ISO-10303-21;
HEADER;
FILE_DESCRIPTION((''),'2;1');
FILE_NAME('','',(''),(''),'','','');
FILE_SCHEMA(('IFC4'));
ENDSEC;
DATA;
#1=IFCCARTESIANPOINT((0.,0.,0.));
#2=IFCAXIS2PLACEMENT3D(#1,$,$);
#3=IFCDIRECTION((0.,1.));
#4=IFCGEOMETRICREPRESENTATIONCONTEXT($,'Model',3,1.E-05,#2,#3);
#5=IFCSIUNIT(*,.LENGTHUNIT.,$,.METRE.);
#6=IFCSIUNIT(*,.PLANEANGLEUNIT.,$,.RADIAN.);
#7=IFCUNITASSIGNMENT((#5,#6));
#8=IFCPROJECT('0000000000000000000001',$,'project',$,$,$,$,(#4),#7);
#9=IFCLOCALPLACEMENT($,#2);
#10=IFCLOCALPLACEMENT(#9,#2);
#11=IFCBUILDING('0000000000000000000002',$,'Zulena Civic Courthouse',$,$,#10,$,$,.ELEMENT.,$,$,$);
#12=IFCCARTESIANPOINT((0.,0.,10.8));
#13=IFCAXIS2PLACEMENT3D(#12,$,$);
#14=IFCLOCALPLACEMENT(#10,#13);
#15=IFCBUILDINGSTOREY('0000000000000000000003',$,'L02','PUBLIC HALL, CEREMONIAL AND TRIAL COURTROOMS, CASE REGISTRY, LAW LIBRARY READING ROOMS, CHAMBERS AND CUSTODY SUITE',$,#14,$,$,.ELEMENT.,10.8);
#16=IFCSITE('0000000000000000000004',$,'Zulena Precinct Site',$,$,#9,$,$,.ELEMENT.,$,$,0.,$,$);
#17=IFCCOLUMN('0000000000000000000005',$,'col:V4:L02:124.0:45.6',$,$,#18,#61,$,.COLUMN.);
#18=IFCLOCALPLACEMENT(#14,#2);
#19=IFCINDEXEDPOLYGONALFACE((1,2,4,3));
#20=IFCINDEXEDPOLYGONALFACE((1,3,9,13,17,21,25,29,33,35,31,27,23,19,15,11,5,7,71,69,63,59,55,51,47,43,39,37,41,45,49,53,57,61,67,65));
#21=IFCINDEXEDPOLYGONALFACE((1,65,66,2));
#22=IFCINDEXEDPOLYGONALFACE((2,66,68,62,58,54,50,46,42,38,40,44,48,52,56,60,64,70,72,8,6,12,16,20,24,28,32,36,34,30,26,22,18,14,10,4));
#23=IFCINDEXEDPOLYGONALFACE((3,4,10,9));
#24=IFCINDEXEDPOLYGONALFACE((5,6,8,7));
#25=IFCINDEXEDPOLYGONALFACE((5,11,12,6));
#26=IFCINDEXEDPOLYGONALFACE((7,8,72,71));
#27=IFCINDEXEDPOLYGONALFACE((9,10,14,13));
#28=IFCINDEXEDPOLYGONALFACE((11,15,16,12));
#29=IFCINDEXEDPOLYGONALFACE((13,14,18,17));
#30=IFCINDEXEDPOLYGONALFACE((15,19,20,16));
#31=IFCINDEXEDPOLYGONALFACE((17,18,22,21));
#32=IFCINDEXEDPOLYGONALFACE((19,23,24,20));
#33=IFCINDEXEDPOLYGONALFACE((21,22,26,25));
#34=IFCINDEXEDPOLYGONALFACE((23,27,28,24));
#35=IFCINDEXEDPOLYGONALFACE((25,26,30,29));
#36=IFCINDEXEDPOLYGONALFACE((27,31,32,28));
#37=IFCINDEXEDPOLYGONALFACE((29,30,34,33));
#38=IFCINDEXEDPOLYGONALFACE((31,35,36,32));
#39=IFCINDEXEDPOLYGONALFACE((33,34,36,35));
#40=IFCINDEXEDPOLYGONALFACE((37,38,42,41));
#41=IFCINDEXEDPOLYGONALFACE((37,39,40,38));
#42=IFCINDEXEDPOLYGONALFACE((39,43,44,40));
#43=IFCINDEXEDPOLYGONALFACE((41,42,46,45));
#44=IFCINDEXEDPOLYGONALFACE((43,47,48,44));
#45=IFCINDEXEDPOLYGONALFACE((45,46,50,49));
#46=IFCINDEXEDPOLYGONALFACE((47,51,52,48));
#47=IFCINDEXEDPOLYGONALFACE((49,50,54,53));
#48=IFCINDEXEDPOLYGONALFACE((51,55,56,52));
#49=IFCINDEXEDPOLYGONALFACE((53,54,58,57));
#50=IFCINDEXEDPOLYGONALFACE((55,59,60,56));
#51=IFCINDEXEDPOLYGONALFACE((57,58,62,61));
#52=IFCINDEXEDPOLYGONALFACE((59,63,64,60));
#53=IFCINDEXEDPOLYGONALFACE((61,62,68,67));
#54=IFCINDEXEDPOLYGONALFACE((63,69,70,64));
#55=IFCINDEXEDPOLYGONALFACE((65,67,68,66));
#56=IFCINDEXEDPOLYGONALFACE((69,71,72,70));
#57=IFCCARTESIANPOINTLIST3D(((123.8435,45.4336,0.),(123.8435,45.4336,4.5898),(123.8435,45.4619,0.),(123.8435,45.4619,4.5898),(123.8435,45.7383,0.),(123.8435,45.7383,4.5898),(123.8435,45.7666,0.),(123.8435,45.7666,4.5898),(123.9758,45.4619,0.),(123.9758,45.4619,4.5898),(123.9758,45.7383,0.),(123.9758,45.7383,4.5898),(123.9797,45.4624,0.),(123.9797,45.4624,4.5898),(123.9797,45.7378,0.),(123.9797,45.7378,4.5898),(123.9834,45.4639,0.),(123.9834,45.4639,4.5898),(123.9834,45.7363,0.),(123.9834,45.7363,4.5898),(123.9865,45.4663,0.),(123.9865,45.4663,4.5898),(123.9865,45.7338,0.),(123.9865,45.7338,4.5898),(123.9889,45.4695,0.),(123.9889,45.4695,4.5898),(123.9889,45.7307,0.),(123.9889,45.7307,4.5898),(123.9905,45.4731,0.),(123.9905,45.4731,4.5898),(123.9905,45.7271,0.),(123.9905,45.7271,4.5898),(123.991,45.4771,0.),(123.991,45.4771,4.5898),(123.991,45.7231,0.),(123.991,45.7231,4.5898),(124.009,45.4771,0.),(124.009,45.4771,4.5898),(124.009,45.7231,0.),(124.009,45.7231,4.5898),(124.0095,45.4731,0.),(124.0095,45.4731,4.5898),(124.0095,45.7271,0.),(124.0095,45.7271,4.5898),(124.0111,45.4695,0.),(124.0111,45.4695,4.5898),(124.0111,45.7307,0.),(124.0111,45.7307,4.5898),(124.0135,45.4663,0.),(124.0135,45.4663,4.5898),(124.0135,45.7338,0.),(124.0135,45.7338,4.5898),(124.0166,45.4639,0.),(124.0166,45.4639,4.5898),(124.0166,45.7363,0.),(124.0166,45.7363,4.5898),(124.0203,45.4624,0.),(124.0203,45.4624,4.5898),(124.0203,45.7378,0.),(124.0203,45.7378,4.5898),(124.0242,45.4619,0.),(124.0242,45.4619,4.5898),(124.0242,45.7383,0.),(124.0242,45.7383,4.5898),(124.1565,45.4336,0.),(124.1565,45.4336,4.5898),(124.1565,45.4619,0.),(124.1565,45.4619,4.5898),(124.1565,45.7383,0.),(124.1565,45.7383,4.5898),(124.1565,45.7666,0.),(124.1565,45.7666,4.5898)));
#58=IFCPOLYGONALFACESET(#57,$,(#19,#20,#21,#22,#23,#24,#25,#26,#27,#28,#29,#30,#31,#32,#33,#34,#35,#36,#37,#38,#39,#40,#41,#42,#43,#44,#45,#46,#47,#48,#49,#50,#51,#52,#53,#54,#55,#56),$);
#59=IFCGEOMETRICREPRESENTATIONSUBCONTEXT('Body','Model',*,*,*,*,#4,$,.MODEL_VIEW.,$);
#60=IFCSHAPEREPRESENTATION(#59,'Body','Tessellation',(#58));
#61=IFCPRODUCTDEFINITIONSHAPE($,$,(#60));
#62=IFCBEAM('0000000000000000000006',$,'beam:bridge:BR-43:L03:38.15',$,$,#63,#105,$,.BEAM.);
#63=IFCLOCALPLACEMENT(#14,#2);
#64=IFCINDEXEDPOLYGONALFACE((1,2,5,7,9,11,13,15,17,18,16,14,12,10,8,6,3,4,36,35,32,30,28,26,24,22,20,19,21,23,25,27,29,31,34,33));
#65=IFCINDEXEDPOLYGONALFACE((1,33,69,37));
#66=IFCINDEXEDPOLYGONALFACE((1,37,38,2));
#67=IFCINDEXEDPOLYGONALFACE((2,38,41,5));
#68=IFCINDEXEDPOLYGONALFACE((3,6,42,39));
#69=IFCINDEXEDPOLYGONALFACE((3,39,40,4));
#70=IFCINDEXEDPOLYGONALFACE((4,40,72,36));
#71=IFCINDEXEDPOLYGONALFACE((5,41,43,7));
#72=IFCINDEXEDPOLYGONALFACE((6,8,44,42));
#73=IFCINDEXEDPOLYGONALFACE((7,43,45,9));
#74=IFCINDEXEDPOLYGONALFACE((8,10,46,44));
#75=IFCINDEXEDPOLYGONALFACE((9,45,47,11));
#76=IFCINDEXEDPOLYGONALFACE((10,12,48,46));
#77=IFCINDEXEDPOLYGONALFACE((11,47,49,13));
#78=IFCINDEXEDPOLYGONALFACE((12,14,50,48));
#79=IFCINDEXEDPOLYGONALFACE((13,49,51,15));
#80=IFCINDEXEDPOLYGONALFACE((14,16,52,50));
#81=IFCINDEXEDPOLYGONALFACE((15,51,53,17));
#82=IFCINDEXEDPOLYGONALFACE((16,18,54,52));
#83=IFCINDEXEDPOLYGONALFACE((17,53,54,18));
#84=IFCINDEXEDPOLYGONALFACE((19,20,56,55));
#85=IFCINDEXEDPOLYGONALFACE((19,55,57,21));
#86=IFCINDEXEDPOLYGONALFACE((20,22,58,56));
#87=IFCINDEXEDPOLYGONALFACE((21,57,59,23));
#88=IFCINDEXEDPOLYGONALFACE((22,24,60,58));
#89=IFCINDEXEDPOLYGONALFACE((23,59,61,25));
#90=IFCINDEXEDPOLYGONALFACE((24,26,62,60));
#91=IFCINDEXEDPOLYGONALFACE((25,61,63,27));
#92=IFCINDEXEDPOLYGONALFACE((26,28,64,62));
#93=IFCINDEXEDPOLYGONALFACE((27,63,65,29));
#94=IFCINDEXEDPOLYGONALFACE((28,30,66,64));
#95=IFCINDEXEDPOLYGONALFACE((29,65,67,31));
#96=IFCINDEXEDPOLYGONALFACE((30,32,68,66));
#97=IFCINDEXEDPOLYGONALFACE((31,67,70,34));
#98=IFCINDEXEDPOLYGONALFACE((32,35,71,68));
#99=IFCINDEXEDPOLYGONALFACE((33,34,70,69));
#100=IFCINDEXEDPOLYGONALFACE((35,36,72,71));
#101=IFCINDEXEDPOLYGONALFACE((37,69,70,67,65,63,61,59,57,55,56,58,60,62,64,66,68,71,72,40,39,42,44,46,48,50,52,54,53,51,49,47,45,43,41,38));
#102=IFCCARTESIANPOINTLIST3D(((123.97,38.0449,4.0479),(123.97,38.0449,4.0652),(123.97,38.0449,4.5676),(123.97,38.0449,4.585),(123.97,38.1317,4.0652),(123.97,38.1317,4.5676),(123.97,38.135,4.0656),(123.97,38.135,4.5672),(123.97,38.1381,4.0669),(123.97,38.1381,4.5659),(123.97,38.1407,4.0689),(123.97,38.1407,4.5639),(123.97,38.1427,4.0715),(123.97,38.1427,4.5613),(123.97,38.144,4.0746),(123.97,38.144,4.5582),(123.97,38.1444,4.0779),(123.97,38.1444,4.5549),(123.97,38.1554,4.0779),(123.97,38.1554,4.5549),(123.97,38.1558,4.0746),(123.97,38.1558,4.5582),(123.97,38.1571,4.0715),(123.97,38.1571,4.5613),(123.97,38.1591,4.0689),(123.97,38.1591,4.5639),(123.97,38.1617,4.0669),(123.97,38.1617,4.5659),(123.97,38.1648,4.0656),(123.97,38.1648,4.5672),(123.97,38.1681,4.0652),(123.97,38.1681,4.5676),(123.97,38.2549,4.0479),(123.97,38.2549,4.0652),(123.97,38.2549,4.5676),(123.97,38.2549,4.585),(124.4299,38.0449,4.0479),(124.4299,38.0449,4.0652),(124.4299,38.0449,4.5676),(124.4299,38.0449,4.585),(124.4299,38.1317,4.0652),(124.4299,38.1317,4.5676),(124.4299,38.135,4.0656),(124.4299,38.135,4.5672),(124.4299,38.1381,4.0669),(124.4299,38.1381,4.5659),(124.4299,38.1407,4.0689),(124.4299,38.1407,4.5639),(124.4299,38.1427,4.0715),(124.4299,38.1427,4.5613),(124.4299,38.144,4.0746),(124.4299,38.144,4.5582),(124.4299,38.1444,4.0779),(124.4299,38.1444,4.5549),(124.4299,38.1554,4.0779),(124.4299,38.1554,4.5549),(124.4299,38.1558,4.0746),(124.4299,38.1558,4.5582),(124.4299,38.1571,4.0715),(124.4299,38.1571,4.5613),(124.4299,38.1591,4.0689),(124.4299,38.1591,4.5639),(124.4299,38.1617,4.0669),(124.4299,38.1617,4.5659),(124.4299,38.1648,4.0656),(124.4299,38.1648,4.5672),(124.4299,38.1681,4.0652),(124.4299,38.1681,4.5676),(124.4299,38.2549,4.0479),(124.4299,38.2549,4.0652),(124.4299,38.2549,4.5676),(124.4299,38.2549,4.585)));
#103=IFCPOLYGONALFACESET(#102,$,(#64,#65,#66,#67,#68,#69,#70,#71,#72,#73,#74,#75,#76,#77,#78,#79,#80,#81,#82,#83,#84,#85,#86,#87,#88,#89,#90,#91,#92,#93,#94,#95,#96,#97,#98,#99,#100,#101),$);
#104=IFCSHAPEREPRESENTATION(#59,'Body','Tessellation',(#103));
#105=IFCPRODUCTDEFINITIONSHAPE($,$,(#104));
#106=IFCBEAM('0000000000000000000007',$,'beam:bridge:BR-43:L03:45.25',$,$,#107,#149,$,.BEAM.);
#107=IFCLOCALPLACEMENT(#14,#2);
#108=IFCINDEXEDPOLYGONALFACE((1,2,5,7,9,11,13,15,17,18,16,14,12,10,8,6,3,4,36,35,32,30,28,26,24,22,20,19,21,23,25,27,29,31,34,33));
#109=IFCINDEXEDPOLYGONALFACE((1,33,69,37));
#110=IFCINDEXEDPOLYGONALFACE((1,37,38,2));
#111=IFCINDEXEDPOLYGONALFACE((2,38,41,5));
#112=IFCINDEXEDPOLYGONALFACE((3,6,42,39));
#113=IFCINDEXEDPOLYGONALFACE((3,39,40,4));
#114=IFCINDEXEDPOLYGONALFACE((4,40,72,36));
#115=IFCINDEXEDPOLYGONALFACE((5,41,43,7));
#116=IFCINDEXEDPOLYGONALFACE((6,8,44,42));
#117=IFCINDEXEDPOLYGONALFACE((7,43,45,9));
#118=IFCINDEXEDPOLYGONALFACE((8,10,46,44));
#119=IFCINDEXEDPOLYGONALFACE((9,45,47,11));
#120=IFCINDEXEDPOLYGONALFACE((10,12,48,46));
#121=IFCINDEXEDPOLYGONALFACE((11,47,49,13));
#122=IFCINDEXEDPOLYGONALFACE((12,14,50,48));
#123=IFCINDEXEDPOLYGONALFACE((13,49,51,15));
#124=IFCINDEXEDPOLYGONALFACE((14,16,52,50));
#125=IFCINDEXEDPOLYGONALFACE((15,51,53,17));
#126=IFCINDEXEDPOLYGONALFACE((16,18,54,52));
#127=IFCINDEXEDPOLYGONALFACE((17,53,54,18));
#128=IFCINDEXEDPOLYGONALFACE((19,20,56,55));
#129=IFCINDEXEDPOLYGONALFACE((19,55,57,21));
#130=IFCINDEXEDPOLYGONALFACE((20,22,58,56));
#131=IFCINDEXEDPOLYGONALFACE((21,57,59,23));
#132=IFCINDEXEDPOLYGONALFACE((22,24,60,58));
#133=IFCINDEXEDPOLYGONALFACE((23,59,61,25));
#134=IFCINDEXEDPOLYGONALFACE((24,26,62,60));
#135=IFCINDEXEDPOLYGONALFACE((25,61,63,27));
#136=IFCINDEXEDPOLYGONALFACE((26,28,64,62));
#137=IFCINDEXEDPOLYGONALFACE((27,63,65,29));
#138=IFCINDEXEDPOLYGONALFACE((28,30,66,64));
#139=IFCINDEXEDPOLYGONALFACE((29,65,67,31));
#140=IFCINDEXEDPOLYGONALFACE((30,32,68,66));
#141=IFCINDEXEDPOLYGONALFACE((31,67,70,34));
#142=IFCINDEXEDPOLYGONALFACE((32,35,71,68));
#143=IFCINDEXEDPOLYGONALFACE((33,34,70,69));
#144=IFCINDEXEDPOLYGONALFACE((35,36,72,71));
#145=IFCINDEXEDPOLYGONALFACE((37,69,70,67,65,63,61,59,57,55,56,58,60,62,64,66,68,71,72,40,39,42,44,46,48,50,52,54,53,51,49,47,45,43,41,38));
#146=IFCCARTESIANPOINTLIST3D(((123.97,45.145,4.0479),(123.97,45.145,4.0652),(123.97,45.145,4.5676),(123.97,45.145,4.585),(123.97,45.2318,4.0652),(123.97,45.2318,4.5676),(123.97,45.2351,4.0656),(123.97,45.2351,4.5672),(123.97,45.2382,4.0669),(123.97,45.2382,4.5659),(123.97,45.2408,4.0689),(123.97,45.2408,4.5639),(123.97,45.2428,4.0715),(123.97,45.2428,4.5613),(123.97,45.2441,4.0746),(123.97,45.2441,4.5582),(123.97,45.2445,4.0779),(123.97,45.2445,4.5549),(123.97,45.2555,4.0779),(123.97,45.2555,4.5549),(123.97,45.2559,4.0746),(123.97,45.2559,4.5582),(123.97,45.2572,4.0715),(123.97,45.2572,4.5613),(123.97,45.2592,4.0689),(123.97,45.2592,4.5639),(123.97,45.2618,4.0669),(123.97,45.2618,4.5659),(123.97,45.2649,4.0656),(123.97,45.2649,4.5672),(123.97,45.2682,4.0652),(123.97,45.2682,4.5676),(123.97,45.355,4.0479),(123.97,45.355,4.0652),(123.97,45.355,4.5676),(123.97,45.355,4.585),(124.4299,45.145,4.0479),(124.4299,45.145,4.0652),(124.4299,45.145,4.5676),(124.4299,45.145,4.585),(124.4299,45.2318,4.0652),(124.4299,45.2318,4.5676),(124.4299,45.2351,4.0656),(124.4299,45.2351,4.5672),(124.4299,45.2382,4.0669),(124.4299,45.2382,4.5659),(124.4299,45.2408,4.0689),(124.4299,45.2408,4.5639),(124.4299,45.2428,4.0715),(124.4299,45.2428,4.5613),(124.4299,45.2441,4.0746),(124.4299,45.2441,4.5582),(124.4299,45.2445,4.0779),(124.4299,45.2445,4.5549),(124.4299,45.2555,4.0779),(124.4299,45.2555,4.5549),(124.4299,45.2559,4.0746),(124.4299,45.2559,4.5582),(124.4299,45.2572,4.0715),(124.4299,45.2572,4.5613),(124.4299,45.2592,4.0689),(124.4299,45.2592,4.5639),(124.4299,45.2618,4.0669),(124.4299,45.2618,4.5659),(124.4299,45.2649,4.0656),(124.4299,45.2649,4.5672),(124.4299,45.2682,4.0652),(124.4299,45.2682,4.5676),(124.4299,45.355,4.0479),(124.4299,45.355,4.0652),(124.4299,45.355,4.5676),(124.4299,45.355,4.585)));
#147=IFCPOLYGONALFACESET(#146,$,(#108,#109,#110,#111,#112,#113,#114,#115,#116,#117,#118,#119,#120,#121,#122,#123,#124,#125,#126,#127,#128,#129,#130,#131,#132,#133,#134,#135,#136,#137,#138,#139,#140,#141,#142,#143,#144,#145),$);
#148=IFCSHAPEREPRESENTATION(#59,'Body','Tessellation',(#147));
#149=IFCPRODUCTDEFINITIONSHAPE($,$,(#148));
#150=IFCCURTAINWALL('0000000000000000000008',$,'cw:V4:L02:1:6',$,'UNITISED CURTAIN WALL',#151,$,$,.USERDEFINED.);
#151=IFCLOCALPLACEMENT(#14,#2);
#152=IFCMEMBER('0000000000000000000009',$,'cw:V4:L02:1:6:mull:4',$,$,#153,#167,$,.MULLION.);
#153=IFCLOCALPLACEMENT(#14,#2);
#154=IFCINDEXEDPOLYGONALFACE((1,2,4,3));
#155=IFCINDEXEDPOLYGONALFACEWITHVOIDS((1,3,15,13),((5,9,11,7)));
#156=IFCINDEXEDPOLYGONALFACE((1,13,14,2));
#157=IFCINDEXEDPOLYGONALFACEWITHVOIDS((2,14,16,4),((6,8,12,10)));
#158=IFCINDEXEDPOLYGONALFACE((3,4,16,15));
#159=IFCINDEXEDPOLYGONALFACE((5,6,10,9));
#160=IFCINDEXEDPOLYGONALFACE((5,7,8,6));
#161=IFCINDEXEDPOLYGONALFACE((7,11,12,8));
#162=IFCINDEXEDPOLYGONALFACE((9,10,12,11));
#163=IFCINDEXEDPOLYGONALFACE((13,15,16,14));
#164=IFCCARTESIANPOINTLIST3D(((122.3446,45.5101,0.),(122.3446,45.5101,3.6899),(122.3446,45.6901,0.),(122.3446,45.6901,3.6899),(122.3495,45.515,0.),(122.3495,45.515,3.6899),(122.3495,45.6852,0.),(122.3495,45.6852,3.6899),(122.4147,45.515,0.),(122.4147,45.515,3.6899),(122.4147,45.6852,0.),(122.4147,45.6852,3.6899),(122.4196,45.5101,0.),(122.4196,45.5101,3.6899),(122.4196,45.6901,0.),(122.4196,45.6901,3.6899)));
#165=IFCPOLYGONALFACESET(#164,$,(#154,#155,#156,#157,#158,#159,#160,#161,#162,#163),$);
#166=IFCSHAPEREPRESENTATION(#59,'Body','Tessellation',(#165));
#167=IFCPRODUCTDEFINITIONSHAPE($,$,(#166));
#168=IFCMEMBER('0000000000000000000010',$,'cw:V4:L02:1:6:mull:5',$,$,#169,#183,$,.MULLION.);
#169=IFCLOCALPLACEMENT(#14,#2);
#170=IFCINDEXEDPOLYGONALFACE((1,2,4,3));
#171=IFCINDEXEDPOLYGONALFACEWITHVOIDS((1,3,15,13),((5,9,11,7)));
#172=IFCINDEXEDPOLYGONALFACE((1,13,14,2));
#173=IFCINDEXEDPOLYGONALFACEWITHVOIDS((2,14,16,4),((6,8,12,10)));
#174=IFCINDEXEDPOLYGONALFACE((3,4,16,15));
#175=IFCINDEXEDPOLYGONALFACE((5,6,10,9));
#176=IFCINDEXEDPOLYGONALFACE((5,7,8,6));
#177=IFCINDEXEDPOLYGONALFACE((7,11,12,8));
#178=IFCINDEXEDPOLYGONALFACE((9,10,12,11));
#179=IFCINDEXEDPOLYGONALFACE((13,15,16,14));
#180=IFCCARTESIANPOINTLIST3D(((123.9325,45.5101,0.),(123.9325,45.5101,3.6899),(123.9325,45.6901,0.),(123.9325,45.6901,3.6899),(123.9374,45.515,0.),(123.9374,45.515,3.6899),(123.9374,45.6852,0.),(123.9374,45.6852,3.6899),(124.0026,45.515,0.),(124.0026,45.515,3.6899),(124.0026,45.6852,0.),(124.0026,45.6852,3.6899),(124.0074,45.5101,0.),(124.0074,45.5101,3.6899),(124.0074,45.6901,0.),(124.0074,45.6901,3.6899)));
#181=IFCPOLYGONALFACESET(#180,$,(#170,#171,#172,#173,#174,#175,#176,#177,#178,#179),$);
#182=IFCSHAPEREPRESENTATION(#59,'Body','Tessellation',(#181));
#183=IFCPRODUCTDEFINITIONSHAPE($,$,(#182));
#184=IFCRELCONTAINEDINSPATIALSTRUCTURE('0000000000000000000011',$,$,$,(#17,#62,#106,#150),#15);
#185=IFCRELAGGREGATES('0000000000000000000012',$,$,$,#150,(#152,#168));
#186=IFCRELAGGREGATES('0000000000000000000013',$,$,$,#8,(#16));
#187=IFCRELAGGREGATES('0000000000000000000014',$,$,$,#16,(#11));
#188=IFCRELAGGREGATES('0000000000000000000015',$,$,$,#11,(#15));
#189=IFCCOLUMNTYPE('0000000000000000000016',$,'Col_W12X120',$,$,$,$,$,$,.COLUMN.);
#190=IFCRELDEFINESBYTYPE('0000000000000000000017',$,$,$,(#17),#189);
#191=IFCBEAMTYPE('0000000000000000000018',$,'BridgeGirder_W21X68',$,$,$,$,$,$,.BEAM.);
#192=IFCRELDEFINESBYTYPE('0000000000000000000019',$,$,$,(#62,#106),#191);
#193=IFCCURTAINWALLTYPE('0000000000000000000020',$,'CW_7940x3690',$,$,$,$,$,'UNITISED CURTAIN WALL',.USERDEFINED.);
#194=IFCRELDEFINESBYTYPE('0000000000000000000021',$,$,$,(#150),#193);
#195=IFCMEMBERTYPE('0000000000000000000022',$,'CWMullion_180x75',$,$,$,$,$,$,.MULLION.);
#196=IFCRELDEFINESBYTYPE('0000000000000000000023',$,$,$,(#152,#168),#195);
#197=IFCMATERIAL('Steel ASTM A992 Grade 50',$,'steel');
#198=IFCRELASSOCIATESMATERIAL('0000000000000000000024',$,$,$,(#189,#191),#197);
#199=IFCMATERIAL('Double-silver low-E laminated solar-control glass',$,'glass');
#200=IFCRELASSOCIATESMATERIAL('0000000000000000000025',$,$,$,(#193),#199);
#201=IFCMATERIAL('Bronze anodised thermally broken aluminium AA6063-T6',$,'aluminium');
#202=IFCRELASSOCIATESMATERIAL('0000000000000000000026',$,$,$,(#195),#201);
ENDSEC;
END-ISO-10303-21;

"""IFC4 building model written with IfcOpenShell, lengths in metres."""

from ifc_helpers import new_model, si_unit, direction, frame, origin, origin_2d, place, context, subcontext, project, spatial, hollow_rectangle, i_section, extrude, material, material_profile, profile_set, type_object, element, aggregate, save


model = new_model("IFC4")

# Units and contexts
model_context = context("Model", 3, precision=1e-05, world=origin(), true_north=direction((0.0, 1.0)))
body_context = subcontext(model_context, "Body", "Model", "MODEL_VIEW")
ifc_project = project(units=[si_unit("LENGTHUNIT", "METRE"), si_unit("PLANEANGLEUNIT", "RADIAN")], contexts=[model_context])

# Site, building, storey
site_placement = place(None, origin())
site = spatial("IfcSite", under=ifc_project, at=site_placement, Name="Zulena Precinct Site", CompositionType="ELEMENT", RefElevation=0.0)
building_placement = place(site_placement, origin())
building = spatial("IfcBuilding", under=site, at=building_placement, Name="Zulena Civic Courthouse", CompositionType="ELEMENT")
storey_placement = place(building_placement, frame((0.0, 0.0, 10.8)))
storey = spatial("IfcBuildingStorey", under=building, at=storey_placement, Name="L02", Description="PUBLIC HALL, CEREMONIAL AND TRIAL COURTROOMS, CASE REGISTRY, LAW LIBRARY READING ROOMS, CHAMBERS AND CUSTODY SUITE", CompositionType="ELEMENT", Elevation=10.8)

# Column
ifc_material_1 = material(Name="Steel ASTM A992 Grade 50", Category="steel")
ifc_material_profile_1 = material_profile(ifc_material_1, i_section(OverallWidth=0.313, OverallDepth=0.333, WebThickness=0.0181, FlangeThickness=0.0283, FilletRadius=0.0151, at=origin_2d()), Name="W12X120")
ifc_profile_set_1 = profile_set([ifc_material_profile_1], Name="Steel ASTM A992 Grade 50")
column_type = type_object("IfcColumnType", Name="Col_W12X120", PredefinedType="COLUMN", material=ifc_profile_set_1)
column_placement = place(storey_placement, frame((124.0, 45.6001, 0.0), z_axis=(0.0, 0.0, 1.0), x_axis=(1.0, 0.0, 0.0)))
element("IfcColumn", 1, at=column_placement, inside=storey, type_object=column_type, Name="col:V4:L02:124.0:45.6", PredefinedType="COLUMN", context=body_context, shape_type="SweptSolid", body=[
    extrude(i_section(OverallWidth=0.313, OverallDepth=0.333, WebThickness=0.0181, FlangeThickness=0.0283, FilletRadius=0.0151, at=origin_2d()), origin(), (0.0, 0.0, 1.0), 4.5898),
])

# Beams
ifc_material_profile_2 = material_profile(ifc_material_1, i_section(OverallWidth=0.21, OverallDepth=0.5371, WebThickness=0.011, FlangeThickness=0.0173, FilletRadius=0.0127, at=origin_2d()), Name="W21X68")
ifc_profile_set_2 = profile_set([ifc_material_profile_2], Name="Steel ASTM A992 Grade 50")
beam_type_1 = type_object("IfcBeamType", Name="BridgeGirder_W21X68", PredefinedType="BEAM", material=ifc_profile_set_2)
for number, where, z_axis, x_axis, name in (
    (2, (123.97, 38.1499, 4.3164), (1.0, 0.0, 0.0), (0.0, 1.0, 0.0), "beam:bridge:BR-43:L03:38.15"),
    (3, (123.97, 45.25, 4.3164), (1.0, 0.0, 0.0), (0.0, 1.0, 0.0), "beam:bridge:BR-43:L03:45.25"),
):
    element("IfcBeam", number, at=place(storey_placement, frame(where, z_axis=z_axis, x_axis=x_axis)), inside=storey, type_object=beam_type_1, Name=name, PredefinedType="BEAM", context=body_context, shape_type="SweptSolid", body=[
        extrude(i_section(OverallWidth=0.21, OverallDepth=0.5371, WebThickness=0.011, FlangeThickness=0.0173, FilletRadius=0.0127, at=origin_2d()), origin(), (0.0, 0.0, 1.0), 0.46),
    ])

# Curtain wall, members
ifc_material_2 = material(Name="Double-silver low-E laminated solar-control glass", Category="glass")
curtain_wall_type = type_object("IfcCurtainWallType", Name="CW_7940x3690", ElementType="UNITISED CURTAIN WALL", PredefinedType="USERDEFINED", material=ifc_material_2)
curtain_wall_placement = place(storey_placement, origin())
curtain_wall = element("IfcCurtainWall", 4, at=curtain_wall_placement, inside=storey, type_object=curtain_wall_type, Name="cw:V4:L02:1:6", ObjectType="UNITISED CURTAIN WALL", PredefinedType="USERDEFINED")
ifc_material_3 = material(Name="Bronze anodised thermally broken aluminium AA6063-T6", Category="aluminium")
ifc_material_profile_3 = material_profile(ifc_material_3, hollow_rectangle(XDim=0.075, YDim=0.1799, WallThickness=0.0049, at=origin_2d()), Name="CWM180X75X5")
ifc_profile_set_3 = profile_set([ifc_material_profile_3], Name="Bronze anodised thermally broken aluminium AA6063-T6")
member_type = type_object("IfcMemberType", Name="CWMullion_180x75", PredefinedType="MULLION", material=ifc_profile_set_3)
member_1_placement = place(storey_placement, frame((122.3821, 45.6001, 0.0), z_axis=(0.0, 0.0, 1.0), x_axis=(1.0, 0.0, 0.0)))
member_1 = element("IfcMember", 5, at=member_1_placement, type_object=member_type, Name="cw:V4:L02:1:6:mull:4", PredefinedType="MULLION", context=body_context, shape_type="SweptSolid", body=[
    extrude(hollow_rectangle(XDim=0.075, YDim=0.1799, WallThickness=0.0049, at=origin_2d()), origin(), (0.0, 0.0, 1.0), 3.6899),
])
member_2_placement = place(storey_placement, frame((123.97, 45.6001, 0.0), z_axis=(0.0, 0.0, 1.0), x_axis=(1.0, 0.0, 0.0)))
member_2 = element("IfcMember", 6, at=member_2_placement, type_object=member_type, Name="cw:V4:L02:1:6:mull:5", PredefinedType="MULLION", context=body_context, shape_type="SweptSolid", body=[
    extrude(hollow_rectangle(XDim=0.075, YDim=0.1799, WallThickness=0.0049, at=origin_2d()), origin(), (0.0, 0.0, 1.0), 3.6899),
])

aggregate(curtain_wall, [member_1, member_2])

save(model, "model.ifc")
